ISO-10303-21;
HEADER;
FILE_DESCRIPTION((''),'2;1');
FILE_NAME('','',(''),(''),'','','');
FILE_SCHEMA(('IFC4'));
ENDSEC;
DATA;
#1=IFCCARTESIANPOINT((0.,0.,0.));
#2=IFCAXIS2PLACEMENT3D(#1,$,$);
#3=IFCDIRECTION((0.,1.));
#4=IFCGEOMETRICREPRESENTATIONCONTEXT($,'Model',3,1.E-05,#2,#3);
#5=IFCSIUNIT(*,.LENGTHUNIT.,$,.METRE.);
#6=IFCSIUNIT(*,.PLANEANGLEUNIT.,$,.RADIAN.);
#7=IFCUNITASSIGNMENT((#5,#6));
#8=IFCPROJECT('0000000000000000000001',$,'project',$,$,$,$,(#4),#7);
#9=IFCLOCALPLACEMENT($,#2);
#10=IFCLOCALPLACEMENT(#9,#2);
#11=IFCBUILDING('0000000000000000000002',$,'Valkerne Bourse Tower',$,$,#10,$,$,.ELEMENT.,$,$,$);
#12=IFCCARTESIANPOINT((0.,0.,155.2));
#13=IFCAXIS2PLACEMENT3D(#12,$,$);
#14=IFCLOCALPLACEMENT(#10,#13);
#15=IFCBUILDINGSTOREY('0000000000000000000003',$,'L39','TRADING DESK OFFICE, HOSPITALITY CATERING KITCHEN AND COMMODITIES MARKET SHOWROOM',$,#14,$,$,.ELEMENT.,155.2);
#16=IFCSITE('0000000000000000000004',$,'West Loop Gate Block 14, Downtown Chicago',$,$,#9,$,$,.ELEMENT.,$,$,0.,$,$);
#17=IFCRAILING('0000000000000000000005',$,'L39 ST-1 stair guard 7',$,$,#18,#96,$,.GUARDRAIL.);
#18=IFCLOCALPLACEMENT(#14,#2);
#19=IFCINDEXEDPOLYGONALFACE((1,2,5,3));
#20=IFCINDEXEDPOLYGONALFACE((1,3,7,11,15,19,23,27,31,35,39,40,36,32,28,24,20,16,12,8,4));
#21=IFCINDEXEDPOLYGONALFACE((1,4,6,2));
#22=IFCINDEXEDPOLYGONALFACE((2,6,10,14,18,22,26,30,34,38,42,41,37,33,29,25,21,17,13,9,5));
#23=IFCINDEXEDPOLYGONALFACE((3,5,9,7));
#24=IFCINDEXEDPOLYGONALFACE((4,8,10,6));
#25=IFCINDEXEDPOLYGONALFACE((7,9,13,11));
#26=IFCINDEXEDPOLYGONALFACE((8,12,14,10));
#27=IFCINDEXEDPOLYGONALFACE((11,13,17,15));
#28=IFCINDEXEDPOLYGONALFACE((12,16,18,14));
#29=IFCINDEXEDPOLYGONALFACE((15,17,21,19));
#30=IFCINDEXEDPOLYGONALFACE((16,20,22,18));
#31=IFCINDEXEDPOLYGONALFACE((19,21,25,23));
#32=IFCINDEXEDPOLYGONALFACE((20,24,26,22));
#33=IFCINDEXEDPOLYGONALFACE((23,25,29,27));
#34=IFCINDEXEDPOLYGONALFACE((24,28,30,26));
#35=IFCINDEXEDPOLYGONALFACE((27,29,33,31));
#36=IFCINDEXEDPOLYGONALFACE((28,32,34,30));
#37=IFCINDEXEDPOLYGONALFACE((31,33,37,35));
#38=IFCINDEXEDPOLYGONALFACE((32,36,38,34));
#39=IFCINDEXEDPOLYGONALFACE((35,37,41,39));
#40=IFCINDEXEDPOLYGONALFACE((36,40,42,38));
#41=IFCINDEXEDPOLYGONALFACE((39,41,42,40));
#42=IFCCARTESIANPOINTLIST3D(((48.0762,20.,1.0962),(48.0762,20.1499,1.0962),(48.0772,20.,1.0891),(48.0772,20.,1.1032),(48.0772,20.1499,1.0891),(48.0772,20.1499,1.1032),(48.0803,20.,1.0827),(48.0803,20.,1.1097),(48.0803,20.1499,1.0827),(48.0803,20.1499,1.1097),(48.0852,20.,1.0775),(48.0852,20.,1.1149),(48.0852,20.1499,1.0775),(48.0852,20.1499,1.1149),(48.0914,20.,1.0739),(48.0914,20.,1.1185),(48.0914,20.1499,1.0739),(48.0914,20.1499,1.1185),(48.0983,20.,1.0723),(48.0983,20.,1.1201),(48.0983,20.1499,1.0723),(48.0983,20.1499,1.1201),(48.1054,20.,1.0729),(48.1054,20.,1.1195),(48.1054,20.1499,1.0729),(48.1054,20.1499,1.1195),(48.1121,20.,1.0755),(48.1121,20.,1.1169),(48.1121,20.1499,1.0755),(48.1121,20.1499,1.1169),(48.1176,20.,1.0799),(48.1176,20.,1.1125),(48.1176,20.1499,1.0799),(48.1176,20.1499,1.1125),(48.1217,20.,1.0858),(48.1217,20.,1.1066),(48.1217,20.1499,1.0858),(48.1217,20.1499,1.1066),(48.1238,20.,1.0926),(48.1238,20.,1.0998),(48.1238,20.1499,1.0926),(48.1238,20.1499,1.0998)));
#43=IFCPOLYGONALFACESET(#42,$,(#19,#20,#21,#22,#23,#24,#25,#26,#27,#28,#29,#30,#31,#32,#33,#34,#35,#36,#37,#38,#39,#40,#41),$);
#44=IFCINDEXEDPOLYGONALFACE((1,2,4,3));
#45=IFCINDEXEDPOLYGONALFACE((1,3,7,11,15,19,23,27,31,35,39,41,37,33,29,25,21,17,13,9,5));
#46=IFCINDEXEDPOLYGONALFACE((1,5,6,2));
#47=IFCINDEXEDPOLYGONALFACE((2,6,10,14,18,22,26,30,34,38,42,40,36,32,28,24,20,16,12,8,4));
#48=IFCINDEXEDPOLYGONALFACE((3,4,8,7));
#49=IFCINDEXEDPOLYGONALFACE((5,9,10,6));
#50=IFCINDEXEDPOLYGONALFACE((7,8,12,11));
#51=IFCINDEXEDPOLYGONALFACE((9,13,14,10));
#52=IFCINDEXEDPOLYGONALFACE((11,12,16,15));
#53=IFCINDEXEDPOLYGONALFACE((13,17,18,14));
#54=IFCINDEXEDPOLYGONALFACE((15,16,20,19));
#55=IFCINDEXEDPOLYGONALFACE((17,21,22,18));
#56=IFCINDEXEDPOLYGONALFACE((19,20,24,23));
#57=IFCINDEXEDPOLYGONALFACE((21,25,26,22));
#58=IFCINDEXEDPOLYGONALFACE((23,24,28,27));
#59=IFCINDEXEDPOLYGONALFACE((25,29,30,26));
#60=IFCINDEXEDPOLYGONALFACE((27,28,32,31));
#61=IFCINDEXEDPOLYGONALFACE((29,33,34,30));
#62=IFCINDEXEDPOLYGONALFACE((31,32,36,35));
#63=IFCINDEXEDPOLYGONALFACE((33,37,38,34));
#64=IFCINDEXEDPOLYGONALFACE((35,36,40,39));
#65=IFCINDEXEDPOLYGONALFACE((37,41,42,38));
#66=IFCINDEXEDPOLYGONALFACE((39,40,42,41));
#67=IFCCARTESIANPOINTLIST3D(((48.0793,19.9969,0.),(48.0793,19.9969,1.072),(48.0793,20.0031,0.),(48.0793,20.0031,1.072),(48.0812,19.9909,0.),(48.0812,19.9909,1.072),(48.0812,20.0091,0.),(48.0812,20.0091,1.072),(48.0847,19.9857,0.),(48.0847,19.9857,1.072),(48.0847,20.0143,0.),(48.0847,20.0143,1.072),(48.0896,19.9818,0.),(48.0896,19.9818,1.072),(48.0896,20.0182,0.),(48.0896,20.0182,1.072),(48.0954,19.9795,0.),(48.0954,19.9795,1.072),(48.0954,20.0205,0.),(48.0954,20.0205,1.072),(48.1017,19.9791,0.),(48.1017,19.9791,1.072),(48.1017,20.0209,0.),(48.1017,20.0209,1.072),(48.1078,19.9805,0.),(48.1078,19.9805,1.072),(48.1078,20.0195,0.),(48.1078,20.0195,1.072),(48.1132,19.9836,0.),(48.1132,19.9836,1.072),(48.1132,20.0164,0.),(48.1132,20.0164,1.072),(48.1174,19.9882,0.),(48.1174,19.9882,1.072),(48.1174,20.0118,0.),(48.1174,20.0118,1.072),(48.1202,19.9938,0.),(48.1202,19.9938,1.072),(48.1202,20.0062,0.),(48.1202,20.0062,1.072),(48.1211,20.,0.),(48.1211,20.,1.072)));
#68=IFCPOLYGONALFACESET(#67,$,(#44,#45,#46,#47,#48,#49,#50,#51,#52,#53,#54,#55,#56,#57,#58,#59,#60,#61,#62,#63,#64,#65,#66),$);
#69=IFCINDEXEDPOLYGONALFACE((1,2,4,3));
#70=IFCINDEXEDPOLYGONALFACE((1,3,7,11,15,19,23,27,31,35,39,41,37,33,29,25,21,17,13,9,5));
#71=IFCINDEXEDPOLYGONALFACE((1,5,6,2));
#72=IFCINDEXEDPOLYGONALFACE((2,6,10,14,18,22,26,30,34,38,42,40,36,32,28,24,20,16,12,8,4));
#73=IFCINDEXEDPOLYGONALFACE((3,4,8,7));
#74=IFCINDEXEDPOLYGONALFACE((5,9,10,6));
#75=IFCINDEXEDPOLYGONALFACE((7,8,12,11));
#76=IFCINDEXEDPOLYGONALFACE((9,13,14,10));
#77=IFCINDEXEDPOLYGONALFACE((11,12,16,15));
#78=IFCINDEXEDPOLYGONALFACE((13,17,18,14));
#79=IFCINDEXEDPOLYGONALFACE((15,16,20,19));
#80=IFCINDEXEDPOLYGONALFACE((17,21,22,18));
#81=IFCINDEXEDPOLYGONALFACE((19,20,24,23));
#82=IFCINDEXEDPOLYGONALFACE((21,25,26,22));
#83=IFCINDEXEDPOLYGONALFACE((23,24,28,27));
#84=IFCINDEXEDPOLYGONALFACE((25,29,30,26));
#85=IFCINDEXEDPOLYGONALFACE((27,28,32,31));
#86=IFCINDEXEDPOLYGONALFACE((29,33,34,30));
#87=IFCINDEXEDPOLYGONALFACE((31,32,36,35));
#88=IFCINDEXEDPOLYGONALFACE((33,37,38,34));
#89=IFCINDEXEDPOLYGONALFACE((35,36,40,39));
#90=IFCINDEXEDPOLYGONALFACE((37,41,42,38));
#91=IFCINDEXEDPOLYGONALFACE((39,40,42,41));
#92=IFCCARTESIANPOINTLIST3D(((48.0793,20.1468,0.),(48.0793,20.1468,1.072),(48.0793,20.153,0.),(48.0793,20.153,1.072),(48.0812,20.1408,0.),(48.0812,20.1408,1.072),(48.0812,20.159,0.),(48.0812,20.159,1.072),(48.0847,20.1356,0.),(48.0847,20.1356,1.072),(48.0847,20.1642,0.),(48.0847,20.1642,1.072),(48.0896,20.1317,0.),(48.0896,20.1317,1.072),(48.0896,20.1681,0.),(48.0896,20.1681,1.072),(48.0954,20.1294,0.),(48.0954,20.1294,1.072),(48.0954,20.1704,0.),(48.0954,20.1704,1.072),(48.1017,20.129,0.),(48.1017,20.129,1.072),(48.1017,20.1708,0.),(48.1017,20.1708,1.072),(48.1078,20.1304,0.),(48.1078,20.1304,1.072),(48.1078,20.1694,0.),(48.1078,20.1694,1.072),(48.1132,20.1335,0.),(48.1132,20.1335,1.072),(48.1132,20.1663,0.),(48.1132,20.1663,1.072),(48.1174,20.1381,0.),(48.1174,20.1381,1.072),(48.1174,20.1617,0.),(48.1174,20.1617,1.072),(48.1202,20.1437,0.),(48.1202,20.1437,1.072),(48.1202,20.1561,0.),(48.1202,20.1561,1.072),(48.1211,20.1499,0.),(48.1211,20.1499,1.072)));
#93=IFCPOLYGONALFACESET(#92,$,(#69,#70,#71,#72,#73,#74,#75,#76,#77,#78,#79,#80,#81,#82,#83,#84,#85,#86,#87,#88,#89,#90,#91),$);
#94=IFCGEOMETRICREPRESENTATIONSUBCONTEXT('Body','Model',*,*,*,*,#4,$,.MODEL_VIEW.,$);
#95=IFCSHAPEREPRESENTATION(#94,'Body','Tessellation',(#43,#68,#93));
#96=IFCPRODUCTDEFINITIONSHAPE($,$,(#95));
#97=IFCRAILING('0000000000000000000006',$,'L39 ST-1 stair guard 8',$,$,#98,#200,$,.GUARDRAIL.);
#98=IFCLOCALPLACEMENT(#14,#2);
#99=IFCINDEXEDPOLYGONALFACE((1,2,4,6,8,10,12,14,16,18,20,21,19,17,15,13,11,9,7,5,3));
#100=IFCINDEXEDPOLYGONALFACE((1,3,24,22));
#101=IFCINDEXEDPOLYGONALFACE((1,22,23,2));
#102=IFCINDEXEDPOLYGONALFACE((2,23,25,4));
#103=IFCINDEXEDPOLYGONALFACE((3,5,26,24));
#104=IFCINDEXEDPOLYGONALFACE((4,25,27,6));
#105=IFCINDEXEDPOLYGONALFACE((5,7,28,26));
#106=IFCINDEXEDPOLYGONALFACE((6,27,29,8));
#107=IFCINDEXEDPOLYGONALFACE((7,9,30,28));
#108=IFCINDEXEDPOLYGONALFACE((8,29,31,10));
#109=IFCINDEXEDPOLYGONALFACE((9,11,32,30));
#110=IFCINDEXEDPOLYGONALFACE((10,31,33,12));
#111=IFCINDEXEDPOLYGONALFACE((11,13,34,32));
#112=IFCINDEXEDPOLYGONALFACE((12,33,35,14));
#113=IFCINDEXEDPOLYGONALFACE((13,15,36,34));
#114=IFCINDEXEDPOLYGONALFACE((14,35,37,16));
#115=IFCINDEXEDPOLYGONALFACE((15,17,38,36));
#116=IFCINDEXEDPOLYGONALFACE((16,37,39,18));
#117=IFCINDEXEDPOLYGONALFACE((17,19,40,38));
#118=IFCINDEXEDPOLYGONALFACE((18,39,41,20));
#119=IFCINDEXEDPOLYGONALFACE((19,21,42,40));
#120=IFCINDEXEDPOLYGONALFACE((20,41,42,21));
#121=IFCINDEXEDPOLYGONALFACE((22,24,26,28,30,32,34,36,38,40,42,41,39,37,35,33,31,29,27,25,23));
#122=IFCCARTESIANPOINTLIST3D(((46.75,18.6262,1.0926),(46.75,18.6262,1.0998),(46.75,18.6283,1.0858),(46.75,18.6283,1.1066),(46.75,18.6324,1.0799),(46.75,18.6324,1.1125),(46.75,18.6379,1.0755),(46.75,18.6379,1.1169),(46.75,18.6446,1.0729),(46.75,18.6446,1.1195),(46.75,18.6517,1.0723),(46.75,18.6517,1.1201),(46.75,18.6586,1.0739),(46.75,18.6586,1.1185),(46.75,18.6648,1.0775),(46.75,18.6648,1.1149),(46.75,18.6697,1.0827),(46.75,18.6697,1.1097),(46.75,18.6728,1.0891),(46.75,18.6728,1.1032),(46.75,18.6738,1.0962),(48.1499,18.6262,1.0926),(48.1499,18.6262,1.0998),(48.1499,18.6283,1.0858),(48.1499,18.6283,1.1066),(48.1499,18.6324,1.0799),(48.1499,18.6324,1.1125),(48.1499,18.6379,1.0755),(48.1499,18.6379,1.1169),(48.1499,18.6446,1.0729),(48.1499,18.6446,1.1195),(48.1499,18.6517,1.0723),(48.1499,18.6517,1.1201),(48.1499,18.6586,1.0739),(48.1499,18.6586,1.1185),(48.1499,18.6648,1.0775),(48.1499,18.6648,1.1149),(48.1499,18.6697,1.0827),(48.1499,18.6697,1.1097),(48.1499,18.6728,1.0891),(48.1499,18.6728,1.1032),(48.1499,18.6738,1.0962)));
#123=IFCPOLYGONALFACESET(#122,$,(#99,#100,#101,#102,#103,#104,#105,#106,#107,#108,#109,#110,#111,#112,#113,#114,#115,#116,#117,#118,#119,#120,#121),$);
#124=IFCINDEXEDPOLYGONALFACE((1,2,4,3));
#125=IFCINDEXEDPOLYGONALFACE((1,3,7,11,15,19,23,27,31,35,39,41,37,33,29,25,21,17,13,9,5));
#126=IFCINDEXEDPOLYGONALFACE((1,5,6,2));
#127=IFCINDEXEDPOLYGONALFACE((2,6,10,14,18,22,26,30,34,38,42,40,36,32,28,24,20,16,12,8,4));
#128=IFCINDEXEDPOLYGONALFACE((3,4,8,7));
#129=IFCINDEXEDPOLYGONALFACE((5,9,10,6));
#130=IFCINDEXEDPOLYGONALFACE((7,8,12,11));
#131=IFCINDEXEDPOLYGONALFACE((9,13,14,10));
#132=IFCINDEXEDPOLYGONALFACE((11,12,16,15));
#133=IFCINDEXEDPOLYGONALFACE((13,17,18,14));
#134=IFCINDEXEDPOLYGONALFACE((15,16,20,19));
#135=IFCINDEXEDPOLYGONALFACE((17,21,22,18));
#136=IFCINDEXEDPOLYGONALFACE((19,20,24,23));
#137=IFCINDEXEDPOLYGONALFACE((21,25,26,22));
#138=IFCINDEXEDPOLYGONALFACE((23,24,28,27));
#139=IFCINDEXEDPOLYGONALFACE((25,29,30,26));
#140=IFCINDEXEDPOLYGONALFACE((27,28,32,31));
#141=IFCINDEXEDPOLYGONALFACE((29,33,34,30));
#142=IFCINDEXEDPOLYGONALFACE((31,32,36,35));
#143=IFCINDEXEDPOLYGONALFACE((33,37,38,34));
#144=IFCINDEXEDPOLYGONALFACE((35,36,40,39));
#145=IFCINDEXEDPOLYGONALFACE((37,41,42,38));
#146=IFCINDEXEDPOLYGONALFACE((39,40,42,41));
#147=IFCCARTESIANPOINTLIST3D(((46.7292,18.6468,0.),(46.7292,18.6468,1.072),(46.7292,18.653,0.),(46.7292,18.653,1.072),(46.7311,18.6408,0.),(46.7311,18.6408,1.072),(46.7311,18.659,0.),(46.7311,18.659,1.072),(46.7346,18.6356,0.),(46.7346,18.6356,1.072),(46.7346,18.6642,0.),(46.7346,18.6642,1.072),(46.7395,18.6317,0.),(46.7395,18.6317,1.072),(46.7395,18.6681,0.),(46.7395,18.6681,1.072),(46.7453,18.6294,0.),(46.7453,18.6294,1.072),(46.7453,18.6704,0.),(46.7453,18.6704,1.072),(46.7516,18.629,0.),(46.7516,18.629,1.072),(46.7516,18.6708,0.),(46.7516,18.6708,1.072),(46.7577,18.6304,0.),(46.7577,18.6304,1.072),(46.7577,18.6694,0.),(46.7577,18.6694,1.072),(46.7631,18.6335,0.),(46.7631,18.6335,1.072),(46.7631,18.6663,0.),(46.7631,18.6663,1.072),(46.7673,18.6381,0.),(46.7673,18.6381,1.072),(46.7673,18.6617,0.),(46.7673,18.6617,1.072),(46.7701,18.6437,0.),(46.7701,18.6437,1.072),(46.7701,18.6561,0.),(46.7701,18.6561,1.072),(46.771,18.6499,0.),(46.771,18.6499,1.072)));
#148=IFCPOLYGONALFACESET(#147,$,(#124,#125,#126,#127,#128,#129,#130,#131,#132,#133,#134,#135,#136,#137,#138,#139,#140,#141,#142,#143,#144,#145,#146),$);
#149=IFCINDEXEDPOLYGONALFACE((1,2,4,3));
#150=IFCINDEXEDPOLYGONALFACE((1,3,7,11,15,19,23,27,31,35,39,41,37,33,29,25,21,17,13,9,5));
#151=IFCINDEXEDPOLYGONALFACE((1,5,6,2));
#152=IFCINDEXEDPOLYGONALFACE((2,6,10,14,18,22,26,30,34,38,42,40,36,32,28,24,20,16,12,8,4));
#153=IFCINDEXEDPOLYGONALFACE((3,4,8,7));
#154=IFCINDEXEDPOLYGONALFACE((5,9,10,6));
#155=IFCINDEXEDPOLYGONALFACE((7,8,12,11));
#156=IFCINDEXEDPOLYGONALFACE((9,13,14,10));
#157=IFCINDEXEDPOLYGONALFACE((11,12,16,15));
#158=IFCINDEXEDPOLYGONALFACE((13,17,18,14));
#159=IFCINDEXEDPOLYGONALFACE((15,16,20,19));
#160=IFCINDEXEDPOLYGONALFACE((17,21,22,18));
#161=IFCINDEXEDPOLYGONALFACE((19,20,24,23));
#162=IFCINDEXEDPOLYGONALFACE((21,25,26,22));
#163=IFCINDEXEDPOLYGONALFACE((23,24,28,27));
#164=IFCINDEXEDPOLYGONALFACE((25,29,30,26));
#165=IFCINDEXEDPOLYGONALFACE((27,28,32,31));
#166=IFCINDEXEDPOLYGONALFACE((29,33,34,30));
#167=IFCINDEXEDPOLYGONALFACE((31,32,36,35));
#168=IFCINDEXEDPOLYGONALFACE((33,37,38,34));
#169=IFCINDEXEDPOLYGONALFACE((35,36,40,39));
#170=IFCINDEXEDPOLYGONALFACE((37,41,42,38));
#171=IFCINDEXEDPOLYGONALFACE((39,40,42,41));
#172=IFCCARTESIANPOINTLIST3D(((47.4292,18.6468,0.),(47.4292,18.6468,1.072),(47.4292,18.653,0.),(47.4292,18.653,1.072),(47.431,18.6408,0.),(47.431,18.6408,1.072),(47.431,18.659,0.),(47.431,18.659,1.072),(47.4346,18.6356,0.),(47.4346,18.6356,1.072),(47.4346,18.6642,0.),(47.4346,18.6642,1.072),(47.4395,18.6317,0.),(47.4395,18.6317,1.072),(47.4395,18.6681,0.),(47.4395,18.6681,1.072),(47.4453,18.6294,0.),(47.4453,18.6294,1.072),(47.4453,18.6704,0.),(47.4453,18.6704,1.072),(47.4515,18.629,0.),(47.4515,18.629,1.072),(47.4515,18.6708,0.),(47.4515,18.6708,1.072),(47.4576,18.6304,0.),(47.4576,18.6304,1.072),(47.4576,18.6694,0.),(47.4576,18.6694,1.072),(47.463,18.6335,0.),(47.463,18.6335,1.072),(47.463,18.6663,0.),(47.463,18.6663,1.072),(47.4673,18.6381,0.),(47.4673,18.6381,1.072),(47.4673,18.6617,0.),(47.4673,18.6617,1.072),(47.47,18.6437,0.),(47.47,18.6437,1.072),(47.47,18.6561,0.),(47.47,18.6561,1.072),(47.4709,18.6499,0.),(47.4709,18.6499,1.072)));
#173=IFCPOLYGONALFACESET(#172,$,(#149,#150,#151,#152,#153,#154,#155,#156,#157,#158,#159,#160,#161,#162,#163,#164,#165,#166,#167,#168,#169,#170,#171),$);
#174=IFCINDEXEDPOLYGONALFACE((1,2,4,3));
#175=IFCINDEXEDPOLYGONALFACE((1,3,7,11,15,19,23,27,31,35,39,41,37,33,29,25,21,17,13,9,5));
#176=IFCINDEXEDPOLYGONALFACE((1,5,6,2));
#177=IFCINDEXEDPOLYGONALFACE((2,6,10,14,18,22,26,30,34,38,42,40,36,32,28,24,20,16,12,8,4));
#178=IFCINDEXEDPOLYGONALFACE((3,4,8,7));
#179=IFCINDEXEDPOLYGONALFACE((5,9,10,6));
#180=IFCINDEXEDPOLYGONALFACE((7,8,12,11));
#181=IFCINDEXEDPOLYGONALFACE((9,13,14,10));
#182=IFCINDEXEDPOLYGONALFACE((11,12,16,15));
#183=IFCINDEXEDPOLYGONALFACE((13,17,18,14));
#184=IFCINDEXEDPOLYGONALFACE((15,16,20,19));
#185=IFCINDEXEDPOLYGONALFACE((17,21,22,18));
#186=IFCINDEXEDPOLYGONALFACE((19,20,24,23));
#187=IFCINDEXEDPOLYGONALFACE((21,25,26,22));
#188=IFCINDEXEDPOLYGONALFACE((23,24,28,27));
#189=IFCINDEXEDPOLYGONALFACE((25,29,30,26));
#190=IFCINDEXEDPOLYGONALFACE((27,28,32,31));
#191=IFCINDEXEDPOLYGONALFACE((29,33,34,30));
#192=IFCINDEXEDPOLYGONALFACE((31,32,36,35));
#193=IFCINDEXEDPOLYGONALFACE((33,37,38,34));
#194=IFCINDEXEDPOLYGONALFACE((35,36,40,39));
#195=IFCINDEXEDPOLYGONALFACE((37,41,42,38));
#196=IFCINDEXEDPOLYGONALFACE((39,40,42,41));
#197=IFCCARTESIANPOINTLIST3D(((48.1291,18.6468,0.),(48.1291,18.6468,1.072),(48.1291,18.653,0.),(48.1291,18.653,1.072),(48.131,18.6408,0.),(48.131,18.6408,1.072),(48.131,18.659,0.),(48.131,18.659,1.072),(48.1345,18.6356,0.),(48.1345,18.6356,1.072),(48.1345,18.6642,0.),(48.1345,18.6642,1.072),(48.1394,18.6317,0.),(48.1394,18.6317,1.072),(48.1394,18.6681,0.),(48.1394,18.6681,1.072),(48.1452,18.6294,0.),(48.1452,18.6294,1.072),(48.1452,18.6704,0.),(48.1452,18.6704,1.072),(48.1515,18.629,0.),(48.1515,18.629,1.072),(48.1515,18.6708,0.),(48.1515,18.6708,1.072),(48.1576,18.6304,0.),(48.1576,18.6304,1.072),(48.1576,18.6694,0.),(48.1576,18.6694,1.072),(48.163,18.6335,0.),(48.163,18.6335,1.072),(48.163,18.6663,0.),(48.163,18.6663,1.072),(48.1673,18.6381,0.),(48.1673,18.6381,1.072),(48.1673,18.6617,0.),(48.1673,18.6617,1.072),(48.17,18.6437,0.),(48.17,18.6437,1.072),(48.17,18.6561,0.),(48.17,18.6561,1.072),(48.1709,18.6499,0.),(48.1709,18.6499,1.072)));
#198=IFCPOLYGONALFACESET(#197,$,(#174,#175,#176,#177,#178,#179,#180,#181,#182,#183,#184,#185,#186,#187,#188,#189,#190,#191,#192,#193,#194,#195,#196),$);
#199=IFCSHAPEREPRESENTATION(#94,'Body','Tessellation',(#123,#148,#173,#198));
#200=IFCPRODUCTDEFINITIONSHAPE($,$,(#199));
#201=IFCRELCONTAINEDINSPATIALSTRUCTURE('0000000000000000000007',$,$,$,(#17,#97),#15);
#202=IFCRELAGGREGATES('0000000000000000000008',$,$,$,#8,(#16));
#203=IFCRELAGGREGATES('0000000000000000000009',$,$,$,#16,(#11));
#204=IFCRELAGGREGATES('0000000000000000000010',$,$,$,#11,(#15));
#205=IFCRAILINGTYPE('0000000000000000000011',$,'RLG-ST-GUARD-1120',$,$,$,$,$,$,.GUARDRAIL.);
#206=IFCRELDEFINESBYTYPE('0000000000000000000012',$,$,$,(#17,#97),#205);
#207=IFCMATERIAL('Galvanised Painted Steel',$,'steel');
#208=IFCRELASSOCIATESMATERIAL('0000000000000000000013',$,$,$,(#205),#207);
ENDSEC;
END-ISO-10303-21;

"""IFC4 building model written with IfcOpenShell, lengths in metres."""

from ifc_helpers import new_model, si_unit, direction, frame, origin, origin_2d, place, context, subcontext, project, spatial, circle, extrude, material, type_object, element, save


model = new_model("IFC4")

# Units and contexts
model_context = context("Model", 3, precision=1e-05, world=origin(), true_north=direction((0.0, 1.0)))
body_context = subcontext(model_context, "Body", "Model", "MODEL_VIEW")
ifc_project = project(units=[si_unit("LENGTHUNIT", "METRE"), si_unit("PLANEANGLEUNIT", "RADIAN")], contexts=[model_context])

# Site, building, storey
site_placement = place(None, origin())
site = spatial("IfcSite", under=ifc_project, at=site_placement, Name="West Loop Gate Block 14, Downtown Chicago", CompositionType="ELEMENT", RefElevation=0.0)
building_placement = place(site_placement, origin())
building = spatial("IfcBuilding", under=site, at=building_placement, Name="Valkerne Bourse Tower", CompositionType="ELEMENT")
storey_placement = place(building_placement, frame((0.0, 0.0, 155.2)))
storey = spatial("IfcBuildingStorey", under=building, at=storey_placement, Name="L39", Description="TRADING DESK OFFICE, HOSPITALITY CATERING KITCHEN AND COMMODITIES MARKET SHOWROOM", CompositionType="ELEMENT", Elevation=155.2)

# Shared definitions
ifc_material_1 = material(Name="Galvanised Painted Steel", Category="steel")

# Railings
railing_type_1 = type_object("IfcRailingType", Name="RLG-ST-GUARD-1120", PredefinedType="GUARDRAIL", material=ifc_material_1)
railing_1_placement = place(storey_placement, frame((48.1001, 20.0, 0.0)))
element("IfcRailing", 1, at=railing_1_placement, inside=storey, type_object=railing_type_1, Name="L39 ST-1 stair guard 7", PredefinedType="GUARDRAIL", context=body_context, shape_type="SweptSolid", body=[
    extrude(circle(Radius=0.0239, at=origin_2d()), frame((0.0, 0.0, 1.0962), z_axis=(0.0, 1.0, 0.0), x_axis=(-1.0, 0.0, 0.0)), (0.0, 0.0, 1.0), 0.1499),
    extrude(circle(Radius=0.021, at=origin_2d()), origin(), (0.0, 0.0, 1.0), 1.072),
    extrude(circle(Radius=0.021, at=origin_2d()), frame((0.0, 0.1499, 0.0)), (0.0, 0.0, 1.0), 1.072),
])
for number, where, name in (
    (2, (46.75, 18.6499, 0.0), "L39 ST-1 stair guard 8"),
):
    element("IfcRailing", number, at=place(storey_placement, frame(where)), inside=storey, type_object=railing_type_1, Name=name, PredefinedType="GUARDRAIL", context=body_context, shape_type="SweptSolid", body=[
        extrude(circle(Radius=0.0239, at=origin_2d()), frame((0.0, 0.0, 1.0962), z_axis=(1.0, 0.0, 0.0), x_axis=(0.0, 1.0, 0.0)), (0.0, 0.0, 1.0), 1.3999),
        extrude(circle(Radius=0.021, at=origin_2d()), origin(), (0.0, 0.0, 1.0), 1.072),
        extrude(circle(Radius=0.021, at=origin_2d()), frame((0.7, 0.0, 0.0)), (0.0, 0.0, 1.0), 1.072),
        extrude(circle(Radius=0.021, at=origin_2d()), frame((1.3999, 0.0, 0.0)), (0.0, 0.0, 1.0), 1.072),
    ])

save(model, "model.ifc")
